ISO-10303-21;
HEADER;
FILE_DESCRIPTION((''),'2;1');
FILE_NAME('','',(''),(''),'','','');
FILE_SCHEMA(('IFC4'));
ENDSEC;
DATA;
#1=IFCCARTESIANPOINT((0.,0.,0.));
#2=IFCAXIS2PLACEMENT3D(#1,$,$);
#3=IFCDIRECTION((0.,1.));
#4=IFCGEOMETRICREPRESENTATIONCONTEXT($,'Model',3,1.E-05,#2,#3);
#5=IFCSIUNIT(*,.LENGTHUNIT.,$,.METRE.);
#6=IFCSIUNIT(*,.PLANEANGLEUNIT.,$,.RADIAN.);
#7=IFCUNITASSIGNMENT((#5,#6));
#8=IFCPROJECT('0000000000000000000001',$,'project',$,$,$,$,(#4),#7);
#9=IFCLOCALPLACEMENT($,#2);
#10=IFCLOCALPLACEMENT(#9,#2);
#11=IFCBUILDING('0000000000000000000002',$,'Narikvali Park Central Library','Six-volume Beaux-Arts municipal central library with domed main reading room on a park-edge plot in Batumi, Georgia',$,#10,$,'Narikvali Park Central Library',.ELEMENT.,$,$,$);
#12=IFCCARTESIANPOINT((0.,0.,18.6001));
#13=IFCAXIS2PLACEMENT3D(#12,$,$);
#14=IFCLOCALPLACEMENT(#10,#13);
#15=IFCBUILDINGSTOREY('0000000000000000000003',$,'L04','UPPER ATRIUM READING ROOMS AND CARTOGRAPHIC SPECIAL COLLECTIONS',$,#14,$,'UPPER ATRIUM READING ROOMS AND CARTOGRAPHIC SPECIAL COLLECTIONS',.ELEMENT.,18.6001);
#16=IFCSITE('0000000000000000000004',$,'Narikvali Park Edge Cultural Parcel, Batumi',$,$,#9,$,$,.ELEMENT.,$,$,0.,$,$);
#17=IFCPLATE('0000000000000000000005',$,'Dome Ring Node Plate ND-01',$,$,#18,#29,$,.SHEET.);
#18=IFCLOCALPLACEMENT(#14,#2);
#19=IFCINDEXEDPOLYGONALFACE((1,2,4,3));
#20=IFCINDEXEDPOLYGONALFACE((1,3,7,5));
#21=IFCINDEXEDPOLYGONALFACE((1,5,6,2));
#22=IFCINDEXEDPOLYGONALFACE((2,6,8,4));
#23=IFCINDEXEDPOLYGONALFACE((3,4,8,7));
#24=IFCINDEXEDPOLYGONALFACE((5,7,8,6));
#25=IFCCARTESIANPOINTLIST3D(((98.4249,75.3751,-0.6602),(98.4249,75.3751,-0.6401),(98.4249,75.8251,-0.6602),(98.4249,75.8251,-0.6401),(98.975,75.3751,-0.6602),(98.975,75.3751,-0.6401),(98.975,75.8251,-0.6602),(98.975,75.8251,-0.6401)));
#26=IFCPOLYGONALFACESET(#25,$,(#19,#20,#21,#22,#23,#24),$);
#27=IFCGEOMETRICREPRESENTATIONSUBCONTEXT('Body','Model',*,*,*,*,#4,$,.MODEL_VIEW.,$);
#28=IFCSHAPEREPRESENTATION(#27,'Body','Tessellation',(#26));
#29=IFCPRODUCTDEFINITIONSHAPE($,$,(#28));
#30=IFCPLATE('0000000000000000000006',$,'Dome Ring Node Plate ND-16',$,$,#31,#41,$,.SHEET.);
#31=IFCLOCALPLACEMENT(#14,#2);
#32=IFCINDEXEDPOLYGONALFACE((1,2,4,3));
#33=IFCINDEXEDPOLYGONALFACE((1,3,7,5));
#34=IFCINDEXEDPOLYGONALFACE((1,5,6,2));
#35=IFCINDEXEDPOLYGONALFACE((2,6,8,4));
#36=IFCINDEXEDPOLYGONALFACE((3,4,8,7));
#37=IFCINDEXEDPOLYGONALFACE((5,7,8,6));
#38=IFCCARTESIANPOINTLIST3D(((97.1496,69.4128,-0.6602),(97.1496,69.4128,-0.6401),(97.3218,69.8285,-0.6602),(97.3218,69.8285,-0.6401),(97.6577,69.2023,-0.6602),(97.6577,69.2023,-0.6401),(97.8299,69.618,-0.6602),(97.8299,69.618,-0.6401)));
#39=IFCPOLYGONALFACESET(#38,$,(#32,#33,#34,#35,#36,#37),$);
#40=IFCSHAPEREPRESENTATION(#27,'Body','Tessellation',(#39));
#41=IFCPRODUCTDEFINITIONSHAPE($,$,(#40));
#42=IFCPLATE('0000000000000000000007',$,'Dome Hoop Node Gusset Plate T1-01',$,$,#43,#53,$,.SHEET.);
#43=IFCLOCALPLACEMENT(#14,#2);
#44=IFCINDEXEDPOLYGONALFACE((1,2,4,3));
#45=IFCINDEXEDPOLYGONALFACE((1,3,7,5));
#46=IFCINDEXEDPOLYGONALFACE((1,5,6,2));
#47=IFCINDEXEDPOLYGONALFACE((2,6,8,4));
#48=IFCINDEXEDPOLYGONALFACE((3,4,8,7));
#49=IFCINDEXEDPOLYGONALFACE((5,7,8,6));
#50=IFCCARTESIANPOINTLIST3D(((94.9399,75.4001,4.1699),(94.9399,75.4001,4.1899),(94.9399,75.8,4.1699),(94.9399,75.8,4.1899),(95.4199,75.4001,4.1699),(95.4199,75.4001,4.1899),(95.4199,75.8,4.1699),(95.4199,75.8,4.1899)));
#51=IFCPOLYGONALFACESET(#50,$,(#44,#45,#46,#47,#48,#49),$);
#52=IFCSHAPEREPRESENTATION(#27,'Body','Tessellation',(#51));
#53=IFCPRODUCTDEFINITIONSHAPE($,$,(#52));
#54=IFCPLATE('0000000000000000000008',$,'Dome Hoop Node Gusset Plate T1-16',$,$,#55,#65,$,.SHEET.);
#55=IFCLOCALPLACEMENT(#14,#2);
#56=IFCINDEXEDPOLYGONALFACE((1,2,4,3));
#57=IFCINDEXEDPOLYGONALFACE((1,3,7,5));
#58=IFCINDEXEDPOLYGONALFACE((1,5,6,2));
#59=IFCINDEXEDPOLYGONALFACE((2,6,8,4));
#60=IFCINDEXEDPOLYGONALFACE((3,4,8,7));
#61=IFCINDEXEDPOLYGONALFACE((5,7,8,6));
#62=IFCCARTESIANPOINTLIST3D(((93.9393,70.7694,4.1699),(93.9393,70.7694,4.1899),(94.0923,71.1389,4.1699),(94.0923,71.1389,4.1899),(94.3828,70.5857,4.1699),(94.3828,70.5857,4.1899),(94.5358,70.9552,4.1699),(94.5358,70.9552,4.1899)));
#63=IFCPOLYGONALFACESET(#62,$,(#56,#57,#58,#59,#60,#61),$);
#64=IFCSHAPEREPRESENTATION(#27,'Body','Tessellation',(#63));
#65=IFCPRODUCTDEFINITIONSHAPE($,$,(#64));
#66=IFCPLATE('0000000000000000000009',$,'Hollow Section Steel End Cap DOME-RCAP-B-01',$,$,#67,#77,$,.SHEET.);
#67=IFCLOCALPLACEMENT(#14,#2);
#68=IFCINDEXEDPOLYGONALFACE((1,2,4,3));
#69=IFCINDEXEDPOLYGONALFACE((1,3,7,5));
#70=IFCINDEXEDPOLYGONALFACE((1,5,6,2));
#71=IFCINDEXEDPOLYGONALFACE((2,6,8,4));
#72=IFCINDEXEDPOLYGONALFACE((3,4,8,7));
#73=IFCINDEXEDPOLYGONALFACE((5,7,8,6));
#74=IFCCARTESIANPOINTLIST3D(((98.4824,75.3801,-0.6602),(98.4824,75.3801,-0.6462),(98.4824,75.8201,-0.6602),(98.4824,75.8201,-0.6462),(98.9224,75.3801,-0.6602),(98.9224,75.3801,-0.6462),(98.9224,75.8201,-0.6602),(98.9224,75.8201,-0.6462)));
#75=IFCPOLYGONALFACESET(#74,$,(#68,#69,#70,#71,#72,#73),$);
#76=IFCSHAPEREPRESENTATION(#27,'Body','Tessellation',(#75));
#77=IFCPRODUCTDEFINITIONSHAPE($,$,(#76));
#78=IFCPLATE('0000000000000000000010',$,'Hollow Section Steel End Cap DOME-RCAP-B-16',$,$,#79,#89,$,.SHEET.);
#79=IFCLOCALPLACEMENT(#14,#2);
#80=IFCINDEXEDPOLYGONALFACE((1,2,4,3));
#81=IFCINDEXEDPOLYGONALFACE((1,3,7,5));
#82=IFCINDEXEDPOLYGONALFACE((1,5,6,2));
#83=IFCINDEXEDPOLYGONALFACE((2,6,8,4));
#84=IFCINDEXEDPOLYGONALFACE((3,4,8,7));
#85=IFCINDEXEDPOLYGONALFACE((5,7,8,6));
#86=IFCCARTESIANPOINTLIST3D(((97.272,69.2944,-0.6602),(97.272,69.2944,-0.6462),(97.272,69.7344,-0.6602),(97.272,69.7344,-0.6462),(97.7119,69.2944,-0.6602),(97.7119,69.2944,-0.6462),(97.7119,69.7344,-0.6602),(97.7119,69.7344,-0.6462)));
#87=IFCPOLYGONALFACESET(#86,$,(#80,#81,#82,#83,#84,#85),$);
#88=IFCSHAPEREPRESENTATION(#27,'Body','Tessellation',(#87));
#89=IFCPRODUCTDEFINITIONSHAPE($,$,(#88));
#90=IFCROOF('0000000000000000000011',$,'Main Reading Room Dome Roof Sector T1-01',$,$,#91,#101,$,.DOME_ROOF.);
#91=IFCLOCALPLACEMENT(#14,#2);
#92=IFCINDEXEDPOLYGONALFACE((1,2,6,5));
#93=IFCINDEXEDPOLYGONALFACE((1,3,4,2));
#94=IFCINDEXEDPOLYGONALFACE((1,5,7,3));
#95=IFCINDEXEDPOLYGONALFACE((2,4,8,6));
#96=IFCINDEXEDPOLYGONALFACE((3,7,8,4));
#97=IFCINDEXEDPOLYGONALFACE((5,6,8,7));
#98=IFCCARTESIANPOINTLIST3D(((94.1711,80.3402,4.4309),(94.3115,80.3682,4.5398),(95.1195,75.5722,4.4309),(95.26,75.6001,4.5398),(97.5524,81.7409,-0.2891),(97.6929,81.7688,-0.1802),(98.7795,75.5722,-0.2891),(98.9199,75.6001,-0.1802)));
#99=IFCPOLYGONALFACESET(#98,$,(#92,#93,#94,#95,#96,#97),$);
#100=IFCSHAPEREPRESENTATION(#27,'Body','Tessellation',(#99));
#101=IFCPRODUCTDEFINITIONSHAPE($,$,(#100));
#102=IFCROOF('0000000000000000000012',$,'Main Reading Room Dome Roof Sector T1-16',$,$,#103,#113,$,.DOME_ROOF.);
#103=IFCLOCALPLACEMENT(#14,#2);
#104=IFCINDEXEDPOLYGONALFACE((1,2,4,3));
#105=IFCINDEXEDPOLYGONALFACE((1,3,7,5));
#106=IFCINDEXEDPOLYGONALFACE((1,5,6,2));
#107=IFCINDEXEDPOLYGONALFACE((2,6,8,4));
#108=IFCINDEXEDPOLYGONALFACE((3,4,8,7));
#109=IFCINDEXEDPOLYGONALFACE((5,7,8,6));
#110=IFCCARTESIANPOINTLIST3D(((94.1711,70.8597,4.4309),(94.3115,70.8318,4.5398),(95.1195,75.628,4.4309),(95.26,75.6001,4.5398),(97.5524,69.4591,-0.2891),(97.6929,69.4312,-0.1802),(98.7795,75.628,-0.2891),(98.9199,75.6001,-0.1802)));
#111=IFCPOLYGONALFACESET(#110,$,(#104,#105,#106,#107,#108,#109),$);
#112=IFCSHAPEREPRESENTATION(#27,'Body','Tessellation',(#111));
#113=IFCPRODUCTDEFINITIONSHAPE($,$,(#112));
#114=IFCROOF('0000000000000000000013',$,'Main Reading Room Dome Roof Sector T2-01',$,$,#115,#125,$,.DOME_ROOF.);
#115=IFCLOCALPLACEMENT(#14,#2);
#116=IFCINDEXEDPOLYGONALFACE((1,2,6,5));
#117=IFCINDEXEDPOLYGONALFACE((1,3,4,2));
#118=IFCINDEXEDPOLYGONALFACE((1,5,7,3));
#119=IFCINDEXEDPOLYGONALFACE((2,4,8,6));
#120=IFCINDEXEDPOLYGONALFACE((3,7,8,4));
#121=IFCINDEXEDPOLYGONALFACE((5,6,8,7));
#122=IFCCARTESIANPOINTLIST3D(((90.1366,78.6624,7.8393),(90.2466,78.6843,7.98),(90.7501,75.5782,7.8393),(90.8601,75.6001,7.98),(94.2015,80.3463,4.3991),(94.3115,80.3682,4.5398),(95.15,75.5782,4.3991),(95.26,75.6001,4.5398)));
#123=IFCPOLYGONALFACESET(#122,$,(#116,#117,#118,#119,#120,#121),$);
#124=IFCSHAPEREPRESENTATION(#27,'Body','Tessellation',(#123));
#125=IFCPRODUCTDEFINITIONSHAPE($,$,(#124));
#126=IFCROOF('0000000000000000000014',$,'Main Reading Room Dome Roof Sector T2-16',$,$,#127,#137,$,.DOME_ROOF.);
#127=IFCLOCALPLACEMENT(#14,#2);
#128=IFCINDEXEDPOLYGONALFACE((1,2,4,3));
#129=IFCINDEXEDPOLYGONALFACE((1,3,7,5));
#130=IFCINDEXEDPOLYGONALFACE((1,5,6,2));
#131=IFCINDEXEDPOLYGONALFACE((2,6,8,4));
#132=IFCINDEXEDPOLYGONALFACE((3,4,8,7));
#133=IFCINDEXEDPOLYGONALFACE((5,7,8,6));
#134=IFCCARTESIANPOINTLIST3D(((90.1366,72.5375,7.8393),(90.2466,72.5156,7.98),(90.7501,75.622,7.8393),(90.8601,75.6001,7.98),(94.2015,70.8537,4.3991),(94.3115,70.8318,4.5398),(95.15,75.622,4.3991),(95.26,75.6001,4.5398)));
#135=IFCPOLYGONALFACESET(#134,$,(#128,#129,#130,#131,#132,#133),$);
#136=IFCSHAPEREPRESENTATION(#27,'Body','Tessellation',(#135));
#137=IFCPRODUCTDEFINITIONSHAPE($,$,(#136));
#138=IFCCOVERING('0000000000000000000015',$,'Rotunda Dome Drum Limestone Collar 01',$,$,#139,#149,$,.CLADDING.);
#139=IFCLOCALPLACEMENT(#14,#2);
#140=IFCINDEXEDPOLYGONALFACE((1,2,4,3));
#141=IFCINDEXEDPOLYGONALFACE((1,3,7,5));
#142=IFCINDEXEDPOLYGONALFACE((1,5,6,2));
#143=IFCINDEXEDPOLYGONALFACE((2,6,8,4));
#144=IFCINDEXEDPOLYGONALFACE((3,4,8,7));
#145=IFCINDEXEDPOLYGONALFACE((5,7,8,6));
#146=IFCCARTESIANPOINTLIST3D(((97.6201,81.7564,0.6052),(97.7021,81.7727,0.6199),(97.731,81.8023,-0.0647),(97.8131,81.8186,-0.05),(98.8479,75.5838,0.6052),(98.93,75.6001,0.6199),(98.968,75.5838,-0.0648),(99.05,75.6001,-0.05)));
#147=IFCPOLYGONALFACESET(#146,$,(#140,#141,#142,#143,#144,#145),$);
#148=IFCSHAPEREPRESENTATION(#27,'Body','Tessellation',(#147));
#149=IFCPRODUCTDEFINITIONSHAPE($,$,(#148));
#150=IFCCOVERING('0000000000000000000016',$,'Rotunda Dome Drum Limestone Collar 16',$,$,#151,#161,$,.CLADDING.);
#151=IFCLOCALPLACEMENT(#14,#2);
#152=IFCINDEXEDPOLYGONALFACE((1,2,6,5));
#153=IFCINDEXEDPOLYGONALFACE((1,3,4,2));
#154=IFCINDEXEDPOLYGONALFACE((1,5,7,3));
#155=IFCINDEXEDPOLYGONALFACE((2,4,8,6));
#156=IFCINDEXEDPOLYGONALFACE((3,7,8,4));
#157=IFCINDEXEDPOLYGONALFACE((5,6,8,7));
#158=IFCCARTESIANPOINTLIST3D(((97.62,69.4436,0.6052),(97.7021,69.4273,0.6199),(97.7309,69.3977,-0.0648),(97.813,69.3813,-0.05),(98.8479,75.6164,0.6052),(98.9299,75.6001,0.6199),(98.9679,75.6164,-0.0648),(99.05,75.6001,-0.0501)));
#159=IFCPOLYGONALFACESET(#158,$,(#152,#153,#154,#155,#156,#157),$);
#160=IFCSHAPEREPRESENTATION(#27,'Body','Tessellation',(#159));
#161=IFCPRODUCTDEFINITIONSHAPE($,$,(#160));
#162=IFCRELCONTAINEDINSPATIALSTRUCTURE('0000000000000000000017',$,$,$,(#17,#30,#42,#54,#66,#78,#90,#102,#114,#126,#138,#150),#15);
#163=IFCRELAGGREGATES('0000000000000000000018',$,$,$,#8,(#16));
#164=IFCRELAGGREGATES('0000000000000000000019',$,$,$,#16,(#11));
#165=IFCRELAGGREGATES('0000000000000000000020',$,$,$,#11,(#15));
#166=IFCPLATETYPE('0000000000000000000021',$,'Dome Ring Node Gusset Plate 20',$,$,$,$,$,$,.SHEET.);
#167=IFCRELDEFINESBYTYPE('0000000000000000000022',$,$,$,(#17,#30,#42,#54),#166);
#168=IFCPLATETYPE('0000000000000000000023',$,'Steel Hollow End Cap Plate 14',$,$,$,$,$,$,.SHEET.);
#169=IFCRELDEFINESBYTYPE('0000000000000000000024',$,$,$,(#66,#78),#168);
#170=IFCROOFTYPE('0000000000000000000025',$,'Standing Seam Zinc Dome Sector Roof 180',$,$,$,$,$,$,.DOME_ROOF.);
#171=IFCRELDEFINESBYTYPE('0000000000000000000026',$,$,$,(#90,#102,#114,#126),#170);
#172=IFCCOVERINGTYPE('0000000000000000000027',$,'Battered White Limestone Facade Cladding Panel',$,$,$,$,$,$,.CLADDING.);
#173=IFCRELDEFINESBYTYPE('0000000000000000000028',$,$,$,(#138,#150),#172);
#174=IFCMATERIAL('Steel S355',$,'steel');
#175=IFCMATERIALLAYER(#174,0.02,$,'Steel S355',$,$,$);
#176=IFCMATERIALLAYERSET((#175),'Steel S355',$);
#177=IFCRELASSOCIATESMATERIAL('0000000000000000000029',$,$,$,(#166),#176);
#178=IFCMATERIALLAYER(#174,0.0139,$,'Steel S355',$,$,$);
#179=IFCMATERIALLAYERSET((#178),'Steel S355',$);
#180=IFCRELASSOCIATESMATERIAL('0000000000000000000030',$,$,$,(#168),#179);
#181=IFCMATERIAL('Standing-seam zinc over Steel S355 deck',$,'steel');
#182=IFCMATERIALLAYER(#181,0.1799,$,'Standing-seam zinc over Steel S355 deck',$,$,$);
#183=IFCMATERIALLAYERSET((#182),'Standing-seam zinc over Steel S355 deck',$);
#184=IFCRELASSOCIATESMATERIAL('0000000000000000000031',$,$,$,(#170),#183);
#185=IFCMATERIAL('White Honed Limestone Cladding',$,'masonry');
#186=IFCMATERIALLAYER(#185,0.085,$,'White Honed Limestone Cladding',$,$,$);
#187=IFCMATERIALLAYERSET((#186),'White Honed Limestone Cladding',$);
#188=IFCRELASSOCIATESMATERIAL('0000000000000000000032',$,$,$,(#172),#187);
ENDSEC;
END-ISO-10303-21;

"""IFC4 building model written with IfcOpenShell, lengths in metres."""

from ifc_helpers import new_model, si_unit, direction, frame, origin, origin_2d, place, context, subcontext, project, spatial, polyline, rectangle, outline, extrude, material, layer, layer_set, type_object, element, save


model = new_model("IFC4")

# Units and contexts
model_context = context("Model", 3, precision=1e-05, world=origin(), true_north=direction((0.0, 1.0)))
body_context = subcontext(model_context, "Body", "Model", "MODEL_VIEW")
ifc_project = project(units=[si_unit("LENGTHUNIT", "METRE"), si_unit("PLANEANGLEUNIT", "RADIAN")], contexts=[model_context])

# Site, building, storey
site_placement = place(None, origin())
site = spatial("IfcSite", under=ifc_project, at=site_placement, Name="Narikvali Park Edge Cultural Parcel, Batumi", CompositionType="ELEMENT", RefElevation=0.0)
building_placement = place(site_placement, origin())
building = spatial("IfcBuilding", under=site, at=building_placement, Name="Narikvali Park Central Library", Description="Six-volume Beaux-Arts municipal central library with domed main reading room on a park-edge plot in Batumi, Georgia", LongName="Narikvali Park Central Library", CompositionType="ELEMENT")
storey_placement = place(building_placement, frame((0.0, 0.0, 18.6001)))
storey = spatial("IfcBuildingStorey", under=building, at=storey_placement, Name="L04", Description="UPPER ATRIUM READING ROOMS AND CARTOGRAPHIC SPECIAL COLLECTIONS", LongName="UPPER ATRIUM READING ROOMS AND CARTOGRAPHIC SPECIAL COLLECTIONS", CompositionType="ELEMENT", Elevation=18.6001)

# Shared definitions
ifc_material_1 = material(Name="Steel S355", Category="steel")

# Plates
ifc_layer_1 = layer(ifc_material_1, 0.02, Name="Steel S355")
ifc_layer_set_1 = layer_set([ifc_layer_1], Name="Steel S355")
plate_type_1 = type_object("IfcPlateType", Name="Dome Ring Node Gusset Plate 20", PredefinedType="SHEET", material=ifc_layer_set_1)
for number, where, z_axis, x_axis, name in (
    (1, (98.7, 75.6001, -0.6602), (0.0, 0.0, 1.0), (1.0, 0.0, 0.0), "Dome Ring Node Plate ND-01"),
    (2, (97.4897, 69.5154, -0.6602), (0.0, 0.0, 1.0), (0.92388, -0.382683, 0.0), "Dome Ring Node Plate ND-16"),
):
    element("IfcPlate", number, at=place(storey_placement, frame(where, z_axis=z_axis, x_axis=x_axis)), inside=storey, type_object=plate_type_1, Name=name, PredefinedType="SHEET", context=body_context, shape_type="SweptSolid", body=[
        extrude(rectangle(XDim=0.55, YDim=0.45, at=origin_2d()), origin(), (0.0, 0.0, 1.0), 0.02),
    ])
for number, where, z_axis, x_axis, name in (
    (3, (95.1799, 75.6001, 4.1699), (0.0, 0.0, 1.0), (1.0, 0.0, 0.0), "Dome Hoop Node Gusset Plate T1-01"),
    (4, (94.2375, 70.8623, 4.1699), (0.0, 0.0, 1.0), (0.92388, -0.382683, 0.0), "Dome Hoop Node Gusset Plate T1-16"),
):
    element("IfcPlate", number, at=place(storey_placement, frame(where, z_axis=z_axis, x_axis=x_axis)), inside=storey, type_object=plate_type_1, Name=name, PredefinedType="SHEET", context=body_context, shape_type="SweptSolid", body=[
        extrude(rectangle(XDim=0.48, YDim=0.3999, at=origin_2d()), origin(), (0.0, 0.0, 1.0), 0.02),
    ])
ifc_layer_2 = layer(ifc_material_1, 0.0139, Name="Steel S355")
ifc_layer_set_2 = layer_set([ifc_layer_2], Name="Steel S355")
plate_type_2 = type_object("IfcPlateType", Name="Steel Hollow End Cap Plate 14", PredefinedType="SHEET", material=ifc_layer_set_2)
for number, where, z_axis, x_axis, name in (
    (5, (98.7024, 75.6001, -0.6602), (0.0, 0.0, 1.0), (1.0, 0.0, 0.0), "Hollow Section Steel End Cap DOME-RCAP-B-01"),
    (6, (97.4919, 69.5144, -0.6602), (0.0, 0.0, 1.0), (1.0, 0.0, 0.0), "Hollow Section Steel End Cap DOME-RCAP-B-16"),
):
    element("IfcPlate", number, at=place(storey_placement, frame(where, z_axis=z_axis, x_axis=x_axis)), inside=storey, type_object=plate_type_2, Name=name, PredefinedType="SHEET", context=body_context, shape_type="SweptSolid", body=[
        extrude(rectangle(XDim=0.4399, YDim=0.4399, at=origin_2d()), origin(), (0.0, 0.0, 1.0), 0.0139),
    ])

# Roofs
ifc_material_2 = material(Name="Standing-seam zinc over Steel S355 deck", Category="steel")
ifc_layer_3 = layer(ifc_material_2, 0.1799, Name="Standing-seam zinc over Steel S355 deck")
ifc_layer_set_3 = layer_set([ifc_layer_3], Name="Standing-seam zinc over Steel S355 deck")
roof_type = type_object("IfcRoofType", Name="Standing Seam Zinc Dome Sector Roof 180", PredefinedType="DOME_ROOF", material=ifc_layer_set_3)
roof_1_placement = place(storey_placement, frame((98.9199, 75.6001, -0.1802), z_axis=(0.780669, 0.15529, 0.605343), x_axis=(-0.195096, 0.980784, -0.000002)))
element("IfcRoof", 7, at=roof_1_placement, inside=storey, type_object=roof_type, Name="Main Reading Room Dome Roof Sector T1-01", PredefinedType="DOME_ROOF", context=body_context, shape_type="SweptSolid", body=[
    extrude(outline(polyline([(0.0, 0.0), (6.2896, 0.0), (5.5755, 5.9299), (0.714, 5.9299), (0.0, 0.0)])), origin(), (0.0, 0.0, -1.0), 0.1799),
])
roof_2_placement = place(storey_placement, frame((97.6929, 69.4312, -0.1802), z_axis=(0.780671, -0.155284, 0.605343), x_axis=(0.195088, 0.980786, 0.000001)))
element("IfcRoof", 8, at=roof_2_placement, inside=storey, type_object=roof_type, Name="Main Reading Room Dome Roof Sector T1-16", PredefinedType="DOME_ROOF", context=body_context, shape_type="SweptSolid", body=[
    extrude(outline(polyline([(0.0, 0.0), (6.2898, 0.0), (5.5758, 5.9299), (0.7141, 5.9299), (0.0, 0.0)])), origin(), (0.0, 0.0, -1.0), 0.1799),
])
roof_3_placement = place(storey_placement, frame((95.26, 75.6001, 4.5398), z_axis=(0.611379, 0.121618, 0.781937), x_axis=(-0.195102, 0.980783, 0.0)))
element("IfcRoof", 9, at=roof_3_placement, inside=storey, type_object=roof_type, Name="Main Reading Room Dome Roof Sector T2-01", PredefinedType="DOME_ROOF", context=body_context, shape_type="SweptSolid", body=[
    extrude(outline(polyline([(0.0, 0.0), (4.8615, 0.0), (4.0031, 5.5188), (0.8584, 5.5188), (0.0, 0.0)])), origin(), (0.0, 0.0, -1.0), 0.1799),
])
roof_4_placement = place(storey_placement, frame((94.3115, 70.8318, 4.5398), z_axis=(0.61138, -0.121611, 0.781937), x_axis=(0.195091, 0.980785, -0.000001)))
element("IfcRoof", 10, at=roof_4_placement, inside=storey, type_object=roof_type, Name="Main Reading Room Dome Roof Sector T2-16", PredefinedType="DOME_ROOF", context=body_context, shape_type="SweptSolid", body=[
    extrude(outline(polyline([(0.0, 0.0), (4.8617, 0.0), (4.0033, 5.5188), (0.8584, 5.5188), (0.0, 0.0)])), origin(), (0.0, 0.0, -1.0), 0.1799),
])

# Coverings
ifc_material_3 = material(Name="White Honed Limestone Cladding", Category="masonry")
ifc_layer_4 = layer(ifc_material_3, 0.085, Name="White Honed Limestone Cladding")
ifc_layer_set_4 = layer_set([ifc_layer_4], Name="White Honed Limestone Cladding")
covering_type = type_object("IfcCoveringType", Name="Battered White Limestone Facade Cladding Panel", PredefinedType="CLADDING", material=ifc_layer_set_4)
covering_1_placement = place(storey_placement, frame((99.05, 75.6001, -0.05), z_axis=(0.965979, 0.192153, 0.173094), x_axis=(-0.195098, 0.980784, 0.000002)))
element("IfcCovering", 11, at=covering_1_placement, inside=storey, type_object=covering_type, Name="Rotunda Dome Drum Limestone Collar 01", PredefinedType="CLADDING", context=body_context, shape_type="SweptSolid", body=[
    extrude(outline(polyline([(0.0, 0.0), (6.3404, 0.0), (6.317, 0.6802), (0.0234, 0.6802), (0.0, 0.0)])), origin(), (0.0, 0.0, -1.0), 0.085),
])
covering_2_placement = place(storey_placement, frame((97.813, 69.3813, -0.05), z_axis=(0.965981, -0.192146, 0.173094), x_axis=(0.195091, 0.980785, -0.000002)))
element("IfcCovering", 12, at=covering_2_placement, inside=storey, type_object=covering_type, Name="Rotunda Dome Drum Limestone Collar 16", PredefinedType="CLADDING", context=body_context, shape_type="SweptSolid", body=[
    extrude(outline(polyline([(0.0, 0.0), (6.3406, 0.0), (6.3172, 0.6802), (0.0234, 0.6802), (0.0, 0.0)])), origin(), (0.0, 0.0, -1.0), 0.085),
])

save(model, "model.ifc")
